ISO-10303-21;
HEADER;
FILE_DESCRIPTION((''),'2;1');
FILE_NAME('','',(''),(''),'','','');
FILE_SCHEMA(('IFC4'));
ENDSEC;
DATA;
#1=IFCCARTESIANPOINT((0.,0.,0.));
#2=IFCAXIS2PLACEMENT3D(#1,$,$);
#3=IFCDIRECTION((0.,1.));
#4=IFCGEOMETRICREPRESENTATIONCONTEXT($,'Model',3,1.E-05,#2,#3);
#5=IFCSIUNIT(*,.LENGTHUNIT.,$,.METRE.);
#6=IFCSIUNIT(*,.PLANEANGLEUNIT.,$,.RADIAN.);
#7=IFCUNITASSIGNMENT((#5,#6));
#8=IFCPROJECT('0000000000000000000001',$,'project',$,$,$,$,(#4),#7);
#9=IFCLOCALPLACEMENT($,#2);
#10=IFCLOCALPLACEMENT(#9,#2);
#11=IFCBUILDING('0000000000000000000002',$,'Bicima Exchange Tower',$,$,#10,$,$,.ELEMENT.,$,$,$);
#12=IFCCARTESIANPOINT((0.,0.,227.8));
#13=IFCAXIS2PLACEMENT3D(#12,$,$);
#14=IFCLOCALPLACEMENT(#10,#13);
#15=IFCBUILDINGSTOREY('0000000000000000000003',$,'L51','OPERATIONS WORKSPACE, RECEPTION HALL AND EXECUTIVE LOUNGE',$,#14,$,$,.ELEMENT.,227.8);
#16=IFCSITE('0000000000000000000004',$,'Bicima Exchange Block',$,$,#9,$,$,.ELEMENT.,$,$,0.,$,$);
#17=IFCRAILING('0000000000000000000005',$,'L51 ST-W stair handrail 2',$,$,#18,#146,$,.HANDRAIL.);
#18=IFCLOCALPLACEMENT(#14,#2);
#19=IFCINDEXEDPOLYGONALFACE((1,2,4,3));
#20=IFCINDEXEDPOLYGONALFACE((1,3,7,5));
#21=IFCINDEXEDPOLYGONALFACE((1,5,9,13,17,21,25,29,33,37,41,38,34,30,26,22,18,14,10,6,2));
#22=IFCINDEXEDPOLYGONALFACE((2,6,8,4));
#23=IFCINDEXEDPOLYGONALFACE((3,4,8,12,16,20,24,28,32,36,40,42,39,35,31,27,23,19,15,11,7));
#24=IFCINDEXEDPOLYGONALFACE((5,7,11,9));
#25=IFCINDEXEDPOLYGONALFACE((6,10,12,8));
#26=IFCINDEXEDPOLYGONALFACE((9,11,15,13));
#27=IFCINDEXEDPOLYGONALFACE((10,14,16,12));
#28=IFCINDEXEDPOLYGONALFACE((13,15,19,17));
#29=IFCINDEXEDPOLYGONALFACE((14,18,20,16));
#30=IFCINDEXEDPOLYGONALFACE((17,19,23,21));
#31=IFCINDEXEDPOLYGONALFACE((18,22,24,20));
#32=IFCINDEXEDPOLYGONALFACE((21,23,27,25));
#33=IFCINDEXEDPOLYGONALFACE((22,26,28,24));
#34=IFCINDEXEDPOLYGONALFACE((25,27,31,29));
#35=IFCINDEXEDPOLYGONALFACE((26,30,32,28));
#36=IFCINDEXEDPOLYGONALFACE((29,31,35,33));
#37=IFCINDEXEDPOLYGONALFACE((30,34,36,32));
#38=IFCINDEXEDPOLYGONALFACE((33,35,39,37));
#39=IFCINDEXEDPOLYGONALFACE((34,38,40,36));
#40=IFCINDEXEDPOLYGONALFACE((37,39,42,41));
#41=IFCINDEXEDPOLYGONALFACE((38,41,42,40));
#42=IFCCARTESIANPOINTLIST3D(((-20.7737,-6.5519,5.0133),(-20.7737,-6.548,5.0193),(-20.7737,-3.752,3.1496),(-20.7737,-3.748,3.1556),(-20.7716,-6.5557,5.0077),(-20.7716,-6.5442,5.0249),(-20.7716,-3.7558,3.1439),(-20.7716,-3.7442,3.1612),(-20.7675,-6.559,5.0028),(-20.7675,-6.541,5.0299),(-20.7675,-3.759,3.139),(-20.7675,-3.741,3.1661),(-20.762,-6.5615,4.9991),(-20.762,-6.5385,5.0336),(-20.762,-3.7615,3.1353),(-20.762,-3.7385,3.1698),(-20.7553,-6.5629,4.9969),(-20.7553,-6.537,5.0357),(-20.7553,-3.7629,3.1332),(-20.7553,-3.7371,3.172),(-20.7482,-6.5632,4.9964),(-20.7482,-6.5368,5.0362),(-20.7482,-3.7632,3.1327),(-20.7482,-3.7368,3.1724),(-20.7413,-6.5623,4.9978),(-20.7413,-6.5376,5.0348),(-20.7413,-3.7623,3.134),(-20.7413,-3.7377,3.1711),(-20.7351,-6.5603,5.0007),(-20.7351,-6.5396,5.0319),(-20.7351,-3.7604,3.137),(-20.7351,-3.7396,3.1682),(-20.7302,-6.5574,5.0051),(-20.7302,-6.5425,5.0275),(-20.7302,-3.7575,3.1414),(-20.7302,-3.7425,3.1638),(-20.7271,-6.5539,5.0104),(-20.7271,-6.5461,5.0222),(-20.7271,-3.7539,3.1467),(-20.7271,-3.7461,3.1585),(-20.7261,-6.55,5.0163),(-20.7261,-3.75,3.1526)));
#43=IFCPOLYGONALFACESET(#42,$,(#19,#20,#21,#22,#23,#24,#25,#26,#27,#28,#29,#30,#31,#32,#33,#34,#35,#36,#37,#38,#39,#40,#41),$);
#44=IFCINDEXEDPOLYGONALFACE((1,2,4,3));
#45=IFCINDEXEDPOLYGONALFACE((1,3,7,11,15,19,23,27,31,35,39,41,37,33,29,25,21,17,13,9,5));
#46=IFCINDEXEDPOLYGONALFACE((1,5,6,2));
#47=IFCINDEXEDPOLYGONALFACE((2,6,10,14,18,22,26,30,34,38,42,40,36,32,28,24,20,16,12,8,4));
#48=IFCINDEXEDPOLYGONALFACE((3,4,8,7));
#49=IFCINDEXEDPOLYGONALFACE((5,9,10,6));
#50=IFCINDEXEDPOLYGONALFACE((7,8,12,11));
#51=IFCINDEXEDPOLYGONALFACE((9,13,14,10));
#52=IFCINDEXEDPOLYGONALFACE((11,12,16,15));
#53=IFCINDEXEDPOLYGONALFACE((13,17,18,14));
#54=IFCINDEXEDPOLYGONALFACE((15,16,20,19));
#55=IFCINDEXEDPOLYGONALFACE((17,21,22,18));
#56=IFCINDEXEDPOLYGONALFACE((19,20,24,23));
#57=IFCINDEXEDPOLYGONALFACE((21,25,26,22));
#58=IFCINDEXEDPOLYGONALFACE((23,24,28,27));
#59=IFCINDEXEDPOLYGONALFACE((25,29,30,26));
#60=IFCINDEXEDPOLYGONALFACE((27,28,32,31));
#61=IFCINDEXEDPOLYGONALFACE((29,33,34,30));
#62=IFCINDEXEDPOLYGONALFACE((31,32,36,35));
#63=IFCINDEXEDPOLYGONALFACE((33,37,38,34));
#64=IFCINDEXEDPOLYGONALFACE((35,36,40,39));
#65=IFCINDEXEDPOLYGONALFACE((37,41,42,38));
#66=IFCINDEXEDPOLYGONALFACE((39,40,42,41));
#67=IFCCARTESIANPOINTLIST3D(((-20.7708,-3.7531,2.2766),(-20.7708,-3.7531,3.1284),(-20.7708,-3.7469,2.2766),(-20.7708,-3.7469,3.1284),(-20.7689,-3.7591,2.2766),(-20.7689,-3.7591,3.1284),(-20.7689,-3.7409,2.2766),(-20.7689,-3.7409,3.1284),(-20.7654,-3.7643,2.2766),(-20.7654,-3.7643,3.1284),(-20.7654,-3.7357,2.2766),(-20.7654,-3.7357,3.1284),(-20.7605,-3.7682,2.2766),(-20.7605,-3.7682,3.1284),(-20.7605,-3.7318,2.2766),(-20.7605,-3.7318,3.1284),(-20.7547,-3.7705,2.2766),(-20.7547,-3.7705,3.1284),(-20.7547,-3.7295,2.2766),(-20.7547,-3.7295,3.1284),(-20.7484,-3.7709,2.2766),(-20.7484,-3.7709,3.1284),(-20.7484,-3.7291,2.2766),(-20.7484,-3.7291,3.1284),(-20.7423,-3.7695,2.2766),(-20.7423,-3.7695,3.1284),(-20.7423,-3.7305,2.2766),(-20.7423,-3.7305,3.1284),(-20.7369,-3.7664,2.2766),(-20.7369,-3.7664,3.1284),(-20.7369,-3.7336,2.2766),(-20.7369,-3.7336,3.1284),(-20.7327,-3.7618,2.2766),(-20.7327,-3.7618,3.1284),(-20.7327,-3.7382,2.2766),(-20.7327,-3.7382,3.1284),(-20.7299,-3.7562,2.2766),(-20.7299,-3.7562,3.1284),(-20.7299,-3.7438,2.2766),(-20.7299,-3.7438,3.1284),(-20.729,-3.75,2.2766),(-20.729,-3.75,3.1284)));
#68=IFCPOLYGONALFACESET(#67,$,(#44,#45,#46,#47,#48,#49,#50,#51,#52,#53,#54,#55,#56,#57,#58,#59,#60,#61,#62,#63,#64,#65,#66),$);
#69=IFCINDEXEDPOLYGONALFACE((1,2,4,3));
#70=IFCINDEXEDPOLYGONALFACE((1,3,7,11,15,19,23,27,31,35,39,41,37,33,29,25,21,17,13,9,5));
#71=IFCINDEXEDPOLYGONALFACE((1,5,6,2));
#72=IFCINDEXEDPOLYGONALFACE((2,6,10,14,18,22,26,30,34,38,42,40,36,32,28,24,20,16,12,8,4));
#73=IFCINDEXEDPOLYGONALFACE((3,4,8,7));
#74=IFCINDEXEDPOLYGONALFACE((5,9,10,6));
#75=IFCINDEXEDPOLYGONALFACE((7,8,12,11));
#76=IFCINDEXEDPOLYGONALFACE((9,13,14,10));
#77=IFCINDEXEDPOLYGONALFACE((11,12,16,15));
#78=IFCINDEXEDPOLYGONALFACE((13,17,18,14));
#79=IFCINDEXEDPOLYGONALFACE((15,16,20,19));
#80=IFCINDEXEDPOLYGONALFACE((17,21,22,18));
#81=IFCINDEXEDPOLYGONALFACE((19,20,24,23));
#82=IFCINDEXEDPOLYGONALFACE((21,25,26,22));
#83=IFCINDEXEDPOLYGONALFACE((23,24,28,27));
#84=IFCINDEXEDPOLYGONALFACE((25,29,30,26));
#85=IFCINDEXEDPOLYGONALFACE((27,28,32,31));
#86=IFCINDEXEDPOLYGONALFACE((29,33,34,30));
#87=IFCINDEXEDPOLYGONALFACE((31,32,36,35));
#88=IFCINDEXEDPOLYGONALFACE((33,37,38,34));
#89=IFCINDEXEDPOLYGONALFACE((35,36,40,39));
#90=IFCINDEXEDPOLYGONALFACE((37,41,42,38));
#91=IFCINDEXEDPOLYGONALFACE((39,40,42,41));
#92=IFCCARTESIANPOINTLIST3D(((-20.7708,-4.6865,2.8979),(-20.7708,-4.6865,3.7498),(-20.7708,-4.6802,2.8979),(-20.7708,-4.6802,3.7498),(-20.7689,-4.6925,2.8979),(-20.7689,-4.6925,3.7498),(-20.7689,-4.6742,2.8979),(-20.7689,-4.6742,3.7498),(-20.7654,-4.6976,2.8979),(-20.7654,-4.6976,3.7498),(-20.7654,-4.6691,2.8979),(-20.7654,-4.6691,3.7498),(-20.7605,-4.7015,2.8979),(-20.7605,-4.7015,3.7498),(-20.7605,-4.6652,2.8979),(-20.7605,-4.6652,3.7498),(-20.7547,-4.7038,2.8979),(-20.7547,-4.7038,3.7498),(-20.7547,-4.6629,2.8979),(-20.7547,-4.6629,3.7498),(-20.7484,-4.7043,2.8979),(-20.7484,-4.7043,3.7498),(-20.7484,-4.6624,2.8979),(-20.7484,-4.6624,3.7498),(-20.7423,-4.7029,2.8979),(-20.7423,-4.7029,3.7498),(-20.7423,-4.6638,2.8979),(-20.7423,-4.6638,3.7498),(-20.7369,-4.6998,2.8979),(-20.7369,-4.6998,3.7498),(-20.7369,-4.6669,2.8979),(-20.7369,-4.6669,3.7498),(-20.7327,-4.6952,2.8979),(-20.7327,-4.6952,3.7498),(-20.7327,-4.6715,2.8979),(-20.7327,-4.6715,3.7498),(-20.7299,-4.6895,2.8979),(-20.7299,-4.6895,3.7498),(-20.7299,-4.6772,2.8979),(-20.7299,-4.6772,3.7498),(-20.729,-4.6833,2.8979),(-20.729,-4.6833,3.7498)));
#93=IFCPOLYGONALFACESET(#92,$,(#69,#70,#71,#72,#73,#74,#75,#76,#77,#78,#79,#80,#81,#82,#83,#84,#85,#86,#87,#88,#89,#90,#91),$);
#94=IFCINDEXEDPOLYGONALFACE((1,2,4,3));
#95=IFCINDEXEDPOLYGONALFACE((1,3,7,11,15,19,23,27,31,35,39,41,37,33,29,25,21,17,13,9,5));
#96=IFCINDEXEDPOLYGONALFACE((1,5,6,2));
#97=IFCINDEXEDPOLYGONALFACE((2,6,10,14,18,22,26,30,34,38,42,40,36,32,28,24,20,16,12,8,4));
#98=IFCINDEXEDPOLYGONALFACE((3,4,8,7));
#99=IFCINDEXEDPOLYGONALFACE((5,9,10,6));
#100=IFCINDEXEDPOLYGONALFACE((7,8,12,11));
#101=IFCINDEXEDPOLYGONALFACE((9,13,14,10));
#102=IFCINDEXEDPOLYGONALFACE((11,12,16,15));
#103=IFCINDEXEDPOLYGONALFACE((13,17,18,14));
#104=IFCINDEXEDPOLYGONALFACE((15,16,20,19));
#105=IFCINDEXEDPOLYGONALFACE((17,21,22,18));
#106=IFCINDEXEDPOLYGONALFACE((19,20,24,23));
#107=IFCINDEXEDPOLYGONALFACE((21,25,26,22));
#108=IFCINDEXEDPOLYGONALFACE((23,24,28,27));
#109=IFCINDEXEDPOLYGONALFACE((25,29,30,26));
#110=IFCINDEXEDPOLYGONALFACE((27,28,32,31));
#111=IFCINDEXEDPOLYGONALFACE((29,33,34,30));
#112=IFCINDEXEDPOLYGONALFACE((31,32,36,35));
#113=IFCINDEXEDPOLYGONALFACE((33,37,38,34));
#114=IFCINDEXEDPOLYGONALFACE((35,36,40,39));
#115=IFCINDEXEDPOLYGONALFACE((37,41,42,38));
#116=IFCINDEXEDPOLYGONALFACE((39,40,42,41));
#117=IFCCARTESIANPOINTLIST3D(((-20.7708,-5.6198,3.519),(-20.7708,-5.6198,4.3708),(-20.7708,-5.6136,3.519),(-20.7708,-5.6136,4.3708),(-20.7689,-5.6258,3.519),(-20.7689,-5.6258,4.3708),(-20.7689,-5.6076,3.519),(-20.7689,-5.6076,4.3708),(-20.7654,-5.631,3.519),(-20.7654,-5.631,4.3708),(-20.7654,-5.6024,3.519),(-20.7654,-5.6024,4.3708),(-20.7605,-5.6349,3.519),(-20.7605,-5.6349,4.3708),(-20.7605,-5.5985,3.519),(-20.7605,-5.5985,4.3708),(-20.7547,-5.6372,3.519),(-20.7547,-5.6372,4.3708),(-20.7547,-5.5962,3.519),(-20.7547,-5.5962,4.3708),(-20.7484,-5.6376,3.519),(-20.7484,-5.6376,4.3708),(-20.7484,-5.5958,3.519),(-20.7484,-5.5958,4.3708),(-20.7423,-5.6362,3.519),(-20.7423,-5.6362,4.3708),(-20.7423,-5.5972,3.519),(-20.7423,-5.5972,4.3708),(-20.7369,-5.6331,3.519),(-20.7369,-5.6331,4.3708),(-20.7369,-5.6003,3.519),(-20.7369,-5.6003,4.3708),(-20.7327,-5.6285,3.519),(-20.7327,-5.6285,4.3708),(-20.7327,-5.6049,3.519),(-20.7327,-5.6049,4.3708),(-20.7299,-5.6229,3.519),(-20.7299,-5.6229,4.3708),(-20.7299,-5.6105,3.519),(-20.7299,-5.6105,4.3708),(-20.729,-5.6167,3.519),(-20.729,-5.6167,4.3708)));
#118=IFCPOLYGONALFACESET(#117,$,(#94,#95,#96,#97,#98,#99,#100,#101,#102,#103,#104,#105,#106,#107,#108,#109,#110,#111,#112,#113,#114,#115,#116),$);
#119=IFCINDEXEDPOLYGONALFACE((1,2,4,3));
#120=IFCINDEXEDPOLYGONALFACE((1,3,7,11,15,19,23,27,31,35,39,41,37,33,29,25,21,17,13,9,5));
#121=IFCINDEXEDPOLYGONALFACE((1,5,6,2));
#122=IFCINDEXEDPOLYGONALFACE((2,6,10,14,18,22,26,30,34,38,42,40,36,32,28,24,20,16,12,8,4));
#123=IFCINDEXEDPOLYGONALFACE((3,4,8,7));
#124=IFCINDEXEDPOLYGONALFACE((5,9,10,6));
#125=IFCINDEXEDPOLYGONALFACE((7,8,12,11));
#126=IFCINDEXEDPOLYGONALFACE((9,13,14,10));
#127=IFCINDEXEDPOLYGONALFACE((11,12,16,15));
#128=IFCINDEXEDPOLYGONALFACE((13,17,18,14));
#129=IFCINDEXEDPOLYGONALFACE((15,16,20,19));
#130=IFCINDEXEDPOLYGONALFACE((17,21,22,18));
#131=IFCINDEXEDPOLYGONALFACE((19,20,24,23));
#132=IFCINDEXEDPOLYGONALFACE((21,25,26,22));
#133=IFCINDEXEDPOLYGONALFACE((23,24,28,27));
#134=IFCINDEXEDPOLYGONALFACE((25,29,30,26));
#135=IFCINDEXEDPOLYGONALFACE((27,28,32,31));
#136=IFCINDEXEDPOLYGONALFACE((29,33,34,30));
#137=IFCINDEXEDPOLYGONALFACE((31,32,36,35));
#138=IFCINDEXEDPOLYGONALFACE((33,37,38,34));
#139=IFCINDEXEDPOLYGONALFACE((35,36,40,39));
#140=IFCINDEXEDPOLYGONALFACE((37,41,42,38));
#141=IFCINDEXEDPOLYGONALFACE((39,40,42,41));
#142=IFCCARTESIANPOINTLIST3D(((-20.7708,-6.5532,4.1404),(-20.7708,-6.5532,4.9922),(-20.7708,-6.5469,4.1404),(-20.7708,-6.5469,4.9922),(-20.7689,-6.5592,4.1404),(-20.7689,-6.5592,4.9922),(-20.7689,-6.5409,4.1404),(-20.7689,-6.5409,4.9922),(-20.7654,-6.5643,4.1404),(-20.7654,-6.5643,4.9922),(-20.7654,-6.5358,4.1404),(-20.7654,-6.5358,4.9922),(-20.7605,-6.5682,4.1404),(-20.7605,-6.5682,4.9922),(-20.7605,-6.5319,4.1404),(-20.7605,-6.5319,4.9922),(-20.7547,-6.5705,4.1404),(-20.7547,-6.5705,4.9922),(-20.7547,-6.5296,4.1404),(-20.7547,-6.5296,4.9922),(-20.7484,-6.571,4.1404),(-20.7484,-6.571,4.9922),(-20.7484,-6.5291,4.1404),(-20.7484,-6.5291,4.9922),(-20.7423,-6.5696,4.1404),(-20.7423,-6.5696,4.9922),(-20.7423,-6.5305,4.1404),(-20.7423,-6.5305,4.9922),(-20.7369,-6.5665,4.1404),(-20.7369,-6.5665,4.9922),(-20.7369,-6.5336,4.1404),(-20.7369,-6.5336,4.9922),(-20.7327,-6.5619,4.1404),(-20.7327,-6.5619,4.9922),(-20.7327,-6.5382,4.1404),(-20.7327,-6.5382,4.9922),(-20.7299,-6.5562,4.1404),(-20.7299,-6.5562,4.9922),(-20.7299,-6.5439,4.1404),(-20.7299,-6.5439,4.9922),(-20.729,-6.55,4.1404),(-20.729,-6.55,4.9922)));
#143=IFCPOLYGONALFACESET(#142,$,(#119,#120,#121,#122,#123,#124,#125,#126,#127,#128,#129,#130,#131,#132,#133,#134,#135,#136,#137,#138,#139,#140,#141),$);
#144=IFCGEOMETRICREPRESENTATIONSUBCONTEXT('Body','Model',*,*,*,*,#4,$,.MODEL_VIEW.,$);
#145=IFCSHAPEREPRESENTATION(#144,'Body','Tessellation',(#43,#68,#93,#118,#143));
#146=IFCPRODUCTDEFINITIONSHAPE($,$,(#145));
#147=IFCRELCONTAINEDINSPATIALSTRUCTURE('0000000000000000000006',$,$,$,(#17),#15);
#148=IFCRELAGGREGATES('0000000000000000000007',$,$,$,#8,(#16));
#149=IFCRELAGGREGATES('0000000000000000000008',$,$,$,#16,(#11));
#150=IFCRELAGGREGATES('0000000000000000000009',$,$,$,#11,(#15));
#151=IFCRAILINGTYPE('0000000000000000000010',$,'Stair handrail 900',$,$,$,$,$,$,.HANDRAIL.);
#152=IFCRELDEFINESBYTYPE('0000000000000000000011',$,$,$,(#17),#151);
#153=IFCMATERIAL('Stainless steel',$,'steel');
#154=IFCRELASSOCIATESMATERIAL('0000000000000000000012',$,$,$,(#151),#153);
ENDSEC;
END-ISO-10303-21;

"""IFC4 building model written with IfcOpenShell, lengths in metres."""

from ifc_helpers import new_model, si_unit, direction, frame, origin, origin_2d, place, context, subcontext, project, spatial, circle, extrude, material, type_object, element, save


model = new_model("IFC4")

# Units and contexts
model_context = context("Model", 3, precision=1e-05, world=origin(), true_north=direction((0.0, 1.0)))
body_context = subcontext(model_context, "Body", "Model", "MODEL_VIEW")
ifc_project = project(units=[si_unit("LENGTHUNIT", "METRE"), si_unit("PLANEANGLEUNIT", "RADIAN")], contexts=[model_context])

# Site, building, storey
site_placement = place(None, origin())
site = spatial("IfcSite", under=ifc_project, at=site_placement, Name="Bicima Exchange Block", CompositionType="ELEMENT", RefElevation=0.0)
building_placement = place(site_placement, origin())
building = spatial("IfcBuilding", under=site, at=building_placement, Name="Bicima Exchange Tower", CompositionType="ELEMENT")
storey_placement = place(building_placement, frame((0.0, 0.0, 227.8)))
storey = spatial("IfcBuildingStorey", under=building, at=storey_placement, Name="L51", Description="OPERATIONS WORKSPACE, RECEPTION HALL AND EXECUTIVE LOUNGE", CompositionType="ELEMENT", Elevation=227.8)

# Railing
ifc_material_1 = material(Name="Stainless steel", Category="steel")
railing_type = type_object("IfcRailingType", Name="Stair handrail 900", PredefinedType="HANDRAIL", material=ifc_material_1)
railing_placement = place(storey_placement, frame((-20.75, -3.75, 2.2766)))
element("IfcRailing", 1, at=railing_placement, inside=storey, type_object=railing_type, Name="L51 ST-W stair handrail 2", PredefinedType="HANDRAIL", context=body_context, shape_type="SweptSolid", body=[
    extrude(circle(Radius=0.0239, at=origin_2d()), frame((0.0, 0.0, 0.876), z_axis=(0.0, -0.832452, 0.554097), x_axis=(1.0, 0.0, 0.0)), (0.0, 0.0, 1.0), 3.3635),
    extrude(circle(Radius=0.021, at=origin_2d()), origin(), (0.0, 0.0, 1.0), 0.8518),
    extrude(circle(Radius=0.021, at=origin_2d()), frame((0.0, -0.9333, 0.6213)), (0.0, 0.0, 1.0), 0.8518),
    extrude(circle(Radius=0.021, at=origin_2d()), frame((0.0, -1.8667, 1.2424)), (0.0, 0.0, 1.0), 0.8518),
    extrude(circle(Radius=0.021, at=origin_2d()), frame((0.0, -2.8, 1.8638)), (0.0, 0.0, 1.0), 0.8518),
])

save(model, "model.ifc")
